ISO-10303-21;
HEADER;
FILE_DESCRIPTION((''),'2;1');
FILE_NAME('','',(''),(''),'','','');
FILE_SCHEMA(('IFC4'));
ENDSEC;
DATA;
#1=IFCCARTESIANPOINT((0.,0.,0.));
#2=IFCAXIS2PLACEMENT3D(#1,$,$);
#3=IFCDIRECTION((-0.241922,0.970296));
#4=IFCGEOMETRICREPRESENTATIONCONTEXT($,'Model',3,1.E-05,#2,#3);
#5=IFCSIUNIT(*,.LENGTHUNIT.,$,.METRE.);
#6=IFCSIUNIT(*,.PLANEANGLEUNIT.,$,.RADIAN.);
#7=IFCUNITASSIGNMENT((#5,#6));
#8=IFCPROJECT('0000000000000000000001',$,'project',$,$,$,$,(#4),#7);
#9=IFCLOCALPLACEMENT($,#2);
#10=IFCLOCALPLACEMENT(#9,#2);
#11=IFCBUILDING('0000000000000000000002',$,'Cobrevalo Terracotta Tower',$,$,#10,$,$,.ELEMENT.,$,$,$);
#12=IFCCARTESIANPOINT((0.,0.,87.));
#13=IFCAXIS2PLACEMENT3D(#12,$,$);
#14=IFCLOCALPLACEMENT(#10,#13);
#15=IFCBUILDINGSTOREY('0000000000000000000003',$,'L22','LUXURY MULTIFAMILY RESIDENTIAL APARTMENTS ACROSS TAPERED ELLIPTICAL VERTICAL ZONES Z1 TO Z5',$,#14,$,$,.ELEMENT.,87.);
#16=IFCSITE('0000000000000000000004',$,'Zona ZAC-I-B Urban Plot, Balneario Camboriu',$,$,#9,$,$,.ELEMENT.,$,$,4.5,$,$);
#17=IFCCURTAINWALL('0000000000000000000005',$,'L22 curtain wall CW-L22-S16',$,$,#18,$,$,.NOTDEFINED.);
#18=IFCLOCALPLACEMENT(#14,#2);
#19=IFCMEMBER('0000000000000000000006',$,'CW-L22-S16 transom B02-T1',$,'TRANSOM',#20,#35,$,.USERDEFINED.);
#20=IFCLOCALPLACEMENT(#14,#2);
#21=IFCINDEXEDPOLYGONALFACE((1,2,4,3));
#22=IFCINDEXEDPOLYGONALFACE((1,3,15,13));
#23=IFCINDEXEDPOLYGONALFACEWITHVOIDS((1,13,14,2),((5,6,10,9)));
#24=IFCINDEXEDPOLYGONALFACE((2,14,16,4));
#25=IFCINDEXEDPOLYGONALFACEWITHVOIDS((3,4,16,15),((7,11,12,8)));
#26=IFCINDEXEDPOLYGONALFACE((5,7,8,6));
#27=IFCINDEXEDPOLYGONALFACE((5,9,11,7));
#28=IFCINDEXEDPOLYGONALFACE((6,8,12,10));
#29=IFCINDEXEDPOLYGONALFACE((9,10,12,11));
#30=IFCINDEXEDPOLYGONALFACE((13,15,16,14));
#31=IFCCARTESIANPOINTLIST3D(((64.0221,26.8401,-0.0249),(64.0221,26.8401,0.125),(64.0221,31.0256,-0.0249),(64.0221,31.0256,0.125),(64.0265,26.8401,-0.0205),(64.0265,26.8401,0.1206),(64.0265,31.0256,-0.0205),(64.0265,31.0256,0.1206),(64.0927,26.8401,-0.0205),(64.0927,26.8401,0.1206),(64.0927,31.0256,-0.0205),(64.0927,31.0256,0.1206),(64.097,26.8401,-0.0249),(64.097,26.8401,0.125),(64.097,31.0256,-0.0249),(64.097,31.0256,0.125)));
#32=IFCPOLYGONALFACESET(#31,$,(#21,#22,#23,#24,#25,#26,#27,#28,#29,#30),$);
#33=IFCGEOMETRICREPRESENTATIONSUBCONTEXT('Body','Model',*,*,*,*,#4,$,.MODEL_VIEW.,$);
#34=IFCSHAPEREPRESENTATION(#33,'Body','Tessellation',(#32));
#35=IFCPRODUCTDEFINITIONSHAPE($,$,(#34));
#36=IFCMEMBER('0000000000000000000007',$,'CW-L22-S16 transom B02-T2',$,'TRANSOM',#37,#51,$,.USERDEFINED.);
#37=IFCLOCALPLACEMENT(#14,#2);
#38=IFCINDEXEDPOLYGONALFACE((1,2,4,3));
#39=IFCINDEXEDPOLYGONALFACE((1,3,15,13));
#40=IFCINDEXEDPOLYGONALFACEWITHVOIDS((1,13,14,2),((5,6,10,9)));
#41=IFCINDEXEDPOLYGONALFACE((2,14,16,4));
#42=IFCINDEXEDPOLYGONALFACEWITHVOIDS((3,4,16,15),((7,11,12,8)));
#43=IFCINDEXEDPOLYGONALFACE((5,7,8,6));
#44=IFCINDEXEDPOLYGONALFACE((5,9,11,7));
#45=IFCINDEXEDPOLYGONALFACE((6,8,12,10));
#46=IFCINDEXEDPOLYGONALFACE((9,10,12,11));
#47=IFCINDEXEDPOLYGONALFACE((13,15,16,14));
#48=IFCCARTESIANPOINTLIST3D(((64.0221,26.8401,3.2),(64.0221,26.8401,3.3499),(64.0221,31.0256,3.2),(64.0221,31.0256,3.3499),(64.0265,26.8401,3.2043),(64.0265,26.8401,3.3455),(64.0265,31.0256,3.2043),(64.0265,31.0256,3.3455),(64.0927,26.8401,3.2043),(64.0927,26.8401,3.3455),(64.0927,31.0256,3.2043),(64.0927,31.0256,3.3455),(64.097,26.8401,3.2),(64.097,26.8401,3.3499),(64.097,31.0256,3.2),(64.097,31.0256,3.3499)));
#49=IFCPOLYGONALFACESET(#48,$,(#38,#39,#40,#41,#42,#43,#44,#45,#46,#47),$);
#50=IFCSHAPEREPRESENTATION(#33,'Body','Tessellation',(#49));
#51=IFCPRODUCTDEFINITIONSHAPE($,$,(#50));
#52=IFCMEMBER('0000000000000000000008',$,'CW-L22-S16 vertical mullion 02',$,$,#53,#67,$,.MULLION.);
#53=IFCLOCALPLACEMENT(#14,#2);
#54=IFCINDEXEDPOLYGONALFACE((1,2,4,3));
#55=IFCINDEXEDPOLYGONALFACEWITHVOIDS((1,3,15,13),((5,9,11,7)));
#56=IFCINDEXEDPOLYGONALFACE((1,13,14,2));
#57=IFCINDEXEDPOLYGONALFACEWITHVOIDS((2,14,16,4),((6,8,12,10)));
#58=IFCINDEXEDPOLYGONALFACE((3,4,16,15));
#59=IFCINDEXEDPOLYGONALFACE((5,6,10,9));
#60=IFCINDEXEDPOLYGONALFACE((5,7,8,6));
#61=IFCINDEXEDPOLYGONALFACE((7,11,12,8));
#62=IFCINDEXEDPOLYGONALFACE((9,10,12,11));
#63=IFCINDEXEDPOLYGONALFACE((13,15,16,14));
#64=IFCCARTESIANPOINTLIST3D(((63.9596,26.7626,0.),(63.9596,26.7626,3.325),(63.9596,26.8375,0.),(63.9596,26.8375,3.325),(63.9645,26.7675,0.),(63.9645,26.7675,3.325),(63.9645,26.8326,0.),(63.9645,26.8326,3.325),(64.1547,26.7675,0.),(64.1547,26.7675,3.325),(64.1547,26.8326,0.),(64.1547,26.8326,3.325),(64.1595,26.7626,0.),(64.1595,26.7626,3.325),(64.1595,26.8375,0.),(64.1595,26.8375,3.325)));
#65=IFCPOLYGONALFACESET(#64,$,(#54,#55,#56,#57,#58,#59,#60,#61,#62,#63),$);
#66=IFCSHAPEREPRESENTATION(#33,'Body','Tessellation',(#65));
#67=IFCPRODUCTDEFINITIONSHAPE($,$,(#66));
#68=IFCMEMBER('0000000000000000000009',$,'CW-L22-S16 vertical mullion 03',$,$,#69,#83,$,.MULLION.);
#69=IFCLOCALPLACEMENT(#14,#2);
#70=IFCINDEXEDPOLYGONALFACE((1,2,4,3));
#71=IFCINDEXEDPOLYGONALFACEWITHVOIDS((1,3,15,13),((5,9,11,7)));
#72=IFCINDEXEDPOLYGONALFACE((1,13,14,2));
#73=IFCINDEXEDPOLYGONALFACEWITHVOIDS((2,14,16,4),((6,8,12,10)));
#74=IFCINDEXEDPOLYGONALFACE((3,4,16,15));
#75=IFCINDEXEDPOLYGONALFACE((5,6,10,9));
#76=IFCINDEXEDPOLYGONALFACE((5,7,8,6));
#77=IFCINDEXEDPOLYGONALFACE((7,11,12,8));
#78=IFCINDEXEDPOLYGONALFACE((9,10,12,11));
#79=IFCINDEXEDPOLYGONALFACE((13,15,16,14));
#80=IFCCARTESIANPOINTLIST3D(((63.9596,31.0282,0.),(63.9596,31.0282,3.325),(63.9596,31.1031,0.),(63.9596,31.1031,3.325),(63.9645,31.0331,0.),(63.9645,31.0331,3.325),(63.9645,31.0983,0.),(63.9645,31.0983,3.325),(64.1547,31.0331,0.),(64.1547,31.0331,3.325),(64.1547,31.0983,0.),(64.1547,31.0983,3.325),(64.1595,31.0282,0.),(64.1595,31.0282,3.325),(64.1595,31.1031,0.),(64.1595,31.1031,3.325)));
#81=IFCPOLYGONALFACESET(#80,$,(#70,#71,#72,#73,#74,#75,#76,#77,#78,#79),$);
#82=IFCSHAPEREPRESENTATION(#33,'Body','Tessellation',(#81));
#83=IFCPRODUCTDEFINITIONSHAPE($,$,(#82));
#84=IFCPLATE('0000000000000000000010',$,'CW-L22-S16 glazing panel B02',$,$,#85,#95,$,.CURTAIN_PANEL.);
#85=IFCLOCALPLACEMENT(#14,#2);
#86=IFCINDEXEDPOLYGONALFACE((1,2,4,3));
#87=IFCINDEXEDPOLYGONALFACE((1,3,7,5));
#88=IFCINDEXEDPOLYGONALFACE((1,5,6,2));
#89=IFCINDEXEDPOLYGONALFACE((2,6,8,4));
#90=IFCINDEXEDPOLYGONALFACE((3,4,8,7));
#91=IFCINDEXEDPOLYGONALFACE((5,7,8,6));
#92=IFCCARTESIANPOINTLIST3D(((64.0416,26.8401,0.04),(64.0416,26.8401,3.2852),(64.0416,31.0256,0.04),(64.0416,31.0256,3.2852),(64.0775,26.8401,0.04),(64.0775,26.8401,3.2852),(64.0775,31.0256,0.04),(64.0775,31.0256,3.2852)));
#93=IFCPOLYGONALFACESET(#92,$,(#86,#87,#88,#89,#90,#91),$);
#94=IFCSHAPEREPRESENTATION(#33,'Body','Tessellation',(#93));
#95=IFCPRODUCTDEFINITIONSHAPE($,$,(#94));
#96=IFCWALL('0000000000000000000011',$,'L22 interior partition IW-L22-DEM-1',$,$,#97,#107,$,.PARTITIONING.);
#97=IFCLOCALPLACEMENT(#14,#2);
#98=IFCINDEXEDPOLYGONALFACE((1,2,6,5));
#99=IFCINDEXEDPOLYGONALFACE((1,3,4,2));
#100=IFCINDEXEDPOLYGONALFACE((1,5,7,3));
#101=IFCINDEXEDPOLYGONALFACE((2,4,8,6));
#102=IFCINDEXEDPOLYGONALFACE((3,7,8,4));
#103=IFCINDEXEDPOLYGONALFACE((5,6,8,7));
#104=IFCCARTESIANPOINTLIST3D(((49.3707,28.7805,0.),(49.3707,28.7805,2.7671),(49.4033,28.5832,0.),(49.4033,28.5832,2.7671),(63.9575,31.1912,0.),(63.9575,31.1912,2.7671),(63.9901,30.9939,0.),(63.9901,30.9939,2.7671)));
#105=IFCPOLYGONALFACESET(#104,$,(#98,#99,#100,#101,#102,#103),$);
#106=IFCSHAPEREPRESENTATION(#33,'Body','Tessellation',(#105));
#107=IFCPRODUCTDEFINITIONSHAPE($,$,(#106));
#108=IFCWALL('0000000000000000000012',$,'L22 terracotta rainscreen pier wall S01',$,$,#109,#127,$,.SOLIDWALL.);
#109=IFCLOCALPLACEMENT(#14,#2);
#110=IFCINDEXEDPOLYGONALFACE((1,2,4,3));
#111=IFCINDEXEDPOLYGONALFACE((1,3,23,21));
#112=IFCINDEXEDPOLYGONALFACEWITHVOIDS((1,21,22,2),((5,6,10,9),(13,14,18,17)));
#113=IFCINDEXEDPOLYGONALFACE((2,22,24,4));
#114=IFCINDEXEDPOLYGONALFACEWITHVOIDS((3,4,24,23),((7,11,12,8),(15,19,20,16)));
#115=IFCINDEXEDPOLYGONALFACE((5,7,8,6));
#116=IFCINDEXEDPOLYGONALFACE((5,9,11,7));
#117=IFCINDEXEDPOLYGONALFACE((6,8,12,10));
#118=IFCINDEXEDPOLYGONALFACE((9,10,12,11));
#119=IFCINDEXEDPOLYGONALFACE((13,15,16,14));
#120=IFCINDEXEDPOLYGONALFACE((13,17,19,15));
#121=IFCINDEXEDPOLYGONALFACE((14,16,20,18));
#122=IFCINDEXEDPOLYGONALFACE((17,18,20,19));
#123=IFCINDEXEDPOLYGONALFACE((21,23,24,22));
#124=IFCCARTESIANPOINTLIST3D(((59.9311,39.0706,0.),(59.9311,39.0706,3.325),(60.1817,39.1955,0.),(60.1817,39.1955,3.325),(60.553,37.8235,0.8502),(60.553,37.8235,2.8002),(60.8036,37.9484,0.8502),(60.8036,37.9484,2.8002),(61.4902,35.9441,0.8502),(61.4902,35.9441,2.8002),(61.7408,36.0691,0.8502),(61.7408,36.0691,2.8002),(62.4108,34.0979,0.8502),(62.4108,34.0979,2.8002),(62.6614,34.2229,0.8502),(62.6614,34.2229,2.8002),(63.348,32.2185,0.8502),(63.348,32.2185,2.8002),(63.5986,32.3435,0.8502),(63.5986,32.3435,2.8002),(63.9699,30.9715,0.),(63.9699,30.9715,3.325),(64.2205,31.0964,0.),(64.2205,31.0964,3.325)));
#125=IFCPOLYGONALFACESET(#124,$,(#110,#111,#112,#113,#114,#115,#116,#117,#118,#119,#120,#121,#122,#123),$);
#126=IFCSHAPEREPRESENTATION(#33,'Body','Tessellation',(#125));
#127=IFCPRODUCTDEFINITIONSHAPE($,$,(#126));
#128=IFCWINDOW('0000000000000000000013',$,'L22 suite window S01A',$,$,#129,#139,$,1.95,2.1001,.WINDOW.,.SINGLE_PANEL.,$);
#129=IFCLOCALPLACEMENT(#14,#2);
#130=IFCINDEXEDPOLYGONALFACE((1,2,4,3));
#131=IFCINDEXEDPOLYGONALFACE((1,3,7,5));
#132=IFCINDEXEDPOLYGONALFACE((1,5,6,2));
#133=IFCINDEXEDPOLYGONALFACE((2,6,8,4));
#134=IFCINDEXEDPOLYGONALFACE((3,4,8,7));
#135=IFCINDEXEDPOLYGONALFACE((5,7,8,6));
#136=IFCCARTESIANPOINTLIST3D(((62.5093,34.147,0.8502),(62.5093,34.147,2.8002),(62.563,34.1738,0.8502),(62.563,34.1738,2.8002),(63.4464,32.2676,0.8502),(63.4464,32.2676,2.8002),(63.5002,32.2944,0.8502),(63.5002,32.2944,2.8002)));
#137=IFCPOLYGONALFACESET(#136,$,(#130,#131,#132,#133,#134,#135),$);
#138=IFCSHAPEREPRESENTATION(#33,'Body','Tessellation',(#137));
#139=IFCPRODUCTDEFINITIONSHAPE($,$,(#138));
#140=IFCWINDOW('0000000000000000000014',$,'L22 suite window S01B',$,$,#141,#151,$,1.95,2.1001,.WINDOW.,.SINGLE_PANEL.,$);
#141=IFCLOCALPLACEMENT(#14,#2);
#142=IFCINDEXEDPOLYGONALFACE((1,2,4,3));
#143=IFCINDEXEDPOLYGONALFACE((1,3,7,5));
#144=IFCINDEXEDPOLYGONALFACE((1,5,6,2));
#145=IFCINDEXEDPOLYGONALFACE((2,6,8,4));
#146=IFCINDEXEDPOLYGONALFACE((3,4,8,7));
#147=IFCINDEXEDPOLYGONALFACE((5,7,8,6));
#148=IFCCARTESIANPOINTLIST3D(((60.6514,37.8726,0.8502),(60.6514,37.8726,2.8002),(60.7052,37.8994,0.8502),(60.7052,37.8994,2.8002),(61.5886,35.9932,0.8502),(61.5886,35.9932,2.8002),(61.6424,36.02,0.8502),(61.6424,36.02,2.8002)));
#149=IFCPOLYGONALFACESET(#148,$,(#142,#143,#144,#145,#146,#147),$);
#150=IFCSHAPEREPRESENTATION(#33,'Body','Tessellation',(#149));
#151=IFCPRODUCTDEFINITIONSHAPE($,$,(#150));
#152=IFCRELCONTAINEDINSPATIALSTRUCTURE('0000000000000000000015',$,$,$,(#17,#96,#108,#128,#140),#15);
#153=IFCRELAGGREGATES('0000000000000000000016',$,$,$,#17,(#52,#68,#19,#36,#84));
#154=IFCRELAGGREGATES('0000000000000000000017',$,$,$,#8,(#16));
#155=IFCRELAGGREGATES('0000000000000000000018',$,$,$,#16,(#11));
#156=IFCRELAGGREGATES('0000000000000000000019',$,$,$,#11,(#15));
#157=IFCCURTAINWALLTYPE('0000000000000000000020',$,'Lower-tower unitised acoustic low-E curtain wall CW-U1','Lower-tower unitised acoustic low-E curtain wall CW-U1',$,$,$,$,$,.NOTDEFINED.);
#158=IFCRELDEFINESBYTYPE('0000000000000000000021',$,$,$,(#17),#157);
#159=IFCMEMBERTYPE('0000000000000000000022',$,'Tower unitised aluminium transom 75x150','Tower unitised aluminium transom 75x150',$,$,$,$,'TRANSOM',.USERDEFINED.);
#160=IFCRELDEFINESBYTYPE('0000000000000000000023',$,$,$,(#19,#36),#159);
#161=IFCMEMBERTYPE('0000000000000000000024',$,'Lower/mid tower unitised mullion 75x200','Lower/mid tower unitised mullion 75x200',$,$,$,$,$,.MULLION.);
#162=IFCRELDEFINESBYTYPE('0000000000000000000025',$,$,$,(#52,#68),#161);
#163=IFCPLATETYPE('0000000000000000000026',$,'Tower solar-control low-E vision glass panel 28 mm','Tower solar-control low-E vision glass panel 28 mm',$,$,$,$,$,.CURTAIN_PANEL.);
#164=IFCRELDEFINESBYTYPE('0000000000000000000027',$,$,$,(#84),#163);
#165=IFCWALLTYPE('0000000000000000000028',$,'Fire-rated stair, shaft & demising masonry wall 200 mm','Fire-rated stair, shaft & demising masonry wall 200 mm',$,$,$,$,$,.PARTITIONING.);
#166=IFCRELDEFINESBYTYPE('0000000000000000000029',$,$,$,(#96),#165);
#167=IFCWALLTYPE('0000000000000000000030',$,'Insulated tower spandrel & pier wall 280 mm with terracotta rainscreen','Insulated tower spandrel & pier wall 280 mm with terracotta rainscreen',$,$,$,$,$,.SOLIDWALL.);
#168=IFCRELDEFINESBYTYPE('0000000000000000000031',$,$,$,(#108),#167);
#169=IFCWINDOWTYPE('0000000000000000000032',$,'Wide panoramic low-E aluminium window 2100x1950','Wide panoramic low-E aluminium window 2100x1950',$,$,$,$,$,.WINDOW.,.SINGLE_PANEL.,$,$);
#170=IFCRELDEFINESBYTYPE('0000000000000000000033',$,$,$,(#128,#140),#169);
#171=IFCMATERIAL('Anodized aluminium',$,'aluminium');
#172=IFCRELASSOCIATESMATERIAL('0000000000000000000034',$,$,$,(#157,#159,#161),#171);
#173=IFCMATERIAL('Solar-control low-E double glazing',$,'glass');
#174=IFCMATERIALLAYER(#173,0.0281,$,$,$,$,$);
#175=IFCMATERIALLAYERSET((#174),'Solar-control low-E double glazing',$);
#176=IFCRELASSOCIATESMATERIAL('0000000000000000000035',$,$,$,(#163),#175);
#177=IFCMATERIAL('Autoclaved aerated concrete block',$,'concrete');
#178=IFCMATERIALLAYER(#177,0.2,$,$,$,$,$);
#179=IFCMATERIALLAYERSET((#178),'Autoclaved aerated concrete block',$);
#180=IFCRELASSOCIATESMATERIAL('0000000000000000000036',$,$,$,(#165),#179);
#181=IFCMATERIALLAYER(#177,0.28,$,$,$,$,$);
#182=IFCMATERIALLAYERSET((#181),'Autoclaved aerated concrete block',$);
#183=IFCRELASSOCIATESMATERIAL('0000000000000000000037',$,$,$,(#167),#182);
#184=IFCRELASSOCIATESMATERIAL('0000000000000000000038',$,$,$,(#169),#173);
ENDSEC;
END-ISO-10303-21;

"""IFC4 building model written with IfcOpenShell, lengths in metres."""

from ifc_helpers import new_model, si_unit, direction, frame, frame_2d, origin, origin_2d, place, context, subcontext, project, spatial, rectangle, hollow_rectangle, extrude, source, transform, mapped, material, layer, layer_set, material_profile, profile_set, type_object, element, fill, aggregate, save


model = new_model("IFC4")

# Units and contexts
model_context = context("Model", 3, precision=1e-05, world=origin(), true_north=direction((-0.241922, 0.970296)))
body_context = subcontext(model_context, "Body", "Model", "MODEL_VIEW")
ifc_project = project(units=[si_unit("LENGTHUNIT", "METRE"), si_unit("PLANEANGLEUNIT", "RADIAN")], contexts=[model_context])

# Site, building, storey
site_placement = place(None, origin())
site = spatial("IfcSite", under=ifc_project, at=site_placement, Name="Zona ZAC-I-B Urban Plot, Balneario Camboriu", CompositionType="ELEMENT", RefElevation=4.5)
building_placement = place(site_placement, origin())
building = spatial("IfcBuilding", under=site, at=building_placement, Name="Cobrevalo Terracotta Tower", CompositionType="ELEMENT")
storey_placement = place(building_placement, frame((0.0, 0.0, 87.0)))
storey = spatial("IfcBuildingStorey", under=building, at=storey_placement, Name="L22", Description="LUXURY MULTIFAMILY RESIDENTIAL APARTMENTS ACROSS TAPERED ELLIPTICAL VERTICAL ZONES Z1 TO Z5", CompositionType="ELEMENT", Elevation=87.0)

# Curtain wall, members, plate
ifc_material_1 = material(Name="Anodized aluminium", Category="aluminium")
curtain_wall_type = type_object("IfcCurtainWallType", Name="Lower-tower unitised acoustic low-E curtain wall CW-U1", Description="Lower-tower unitised acoustic low-E curtain wall CW-U1", PredefinedType="NOTDEFINED", material=ifc_material_1)
curtain_wall_placement = place(storey_placement, origin())
curtain_wall = element("IfcCurtainWall", 1, at=curtain_wall_placement, inside=storey, type_object=curtain_wall_type, Name="L22 curtain wall CW-L22-S16", PredefinedType="NOTDEFINED")
ifc_material_profile_1 = material_profile(ifc_material_1, hollow_rectangle(XDim=0.075, YDim=0.1499, WallThickness=0.0044, at=origin_2d()), Name="CWT 75x150")
ifc_profile_set_1 = profile_set([ifc_material_profile_1], Name="Anodized aluminium")
member_type_1 = type_object("IfcMemberType", Name="Tower unitised aluminium transom 75x150", Description="Tower unitised aluminium transom 75x150", ElementType="TRANSOM", PredefinedType="USERDEFINED", material=ifc_profile_set_1)
shared_shape_1 = source(origin(), body_context, "Body", "SweptSolid", [
    extrude(hollow_rectangle(XDim=0.075, YDim=0.1499, WallThickness=0.0044, at=origin_2d()), origin(), (0.0, 0.0, 1.0), 4.1855),
])
member_1_placement = place(storey_placement, frame((64.0596, 26.8401, 0.05), z_axis=(0.0, 1.0, 0.0), x_axis=(-1.0, 0.0, 0.0)))
member_1 = element("IfcMember", 2, at=member_1_placement, type_object=member_type_1, Name="CW-L22-S16 transom B02-T1", ObjectType="TRANSOM", PredefinedType="USERDEFINED", context=body_context, shape_type="MappedRepresentation", body=[
    mapped(shared_shape_1, transform((0.0, 0.0, 0.0), scale=1.0)),
])
member_2_placement = place(storey_placement, frame((64.0596, 26.8401, 3.2749), z_axis=(0.0, 1.0, 0.0), x_axis=(-1.0, 0.0, 0.0)))
member_2 = element("IfcMember", 3, at=member_2_placement, type_object=member_type_1, Name="CW-L22-S16 transom B02-T2", ObjectType="TRANSOM", PredefinedType="USERDEFINED", context=body_context, shape_type="MappedRepresentation", body=[
    mapped(shared_shape_1, transform((0.0, 0.0, 0.0), scale=1.0)),
])
ifc_material_profile_2 = material_profile(ifc_material_1, hollow_rectangle(XDim=0.075, YDim=0.2, WallThickness=0.0049, at=origin_2d()), Name="CWM 75x200")
ifc_profile_set_2 = profile_set([ifc_material_profile_2], Name="Anodized aluminium")
member_type_2 = type_object("IfcMemberType", Name="Lower/mid tower unitised mullion 75x200", Description="Lower/mid tower unitised mullion 75x200", PredefinedType="MULLION", material=ifc_profile_set_2)
shared_shape_2 = source(origin(), body_context, "Body", "SweptSolid", [
    extrude(hollow_rectangle(XDim=0.075, YDim=0.2, WallThickness=0.0049, at=origin_2d()), origin(), (0.0, 0.0, 1.0), 3.325),
])
member_3_placement = place(storey_placement, frame((64.0596, 26.8, 0.0), z_axis=(0.0, 0.0, 1.0), x_axis=(0.0, 1.0, 0.0)))
member_3 = element("IfcMember", 4, at=member_3_placement, type_object=member_type_2, Name="CW-L22-S16 vertical mullion 02", PredefinedType="MULLION", context=body_context, shape_type="MappedRepresentation", body=[
    mapped(shared_shape_2, transform((0.0, 0.0, 0.0), scale=1.0)),
])
member_4_placement = place(storey_placement, frame((64.0596, 31.0657, 0.0), z_axis=(0.0, 0.0, 1.0), x_axis=(0.0, 1.0, 0.0)))
member_4 = element("IfcMember", 5, at=member_4_placement, type_object=member_type_2, Name="CW-L22-S16 vertical mullion 03", PredefinedType="MULLION", context=body_context, shape_type="MappedRepresentation", body=[
    mapped(shared_shape_2, transform((0.0, 0.0, 0.0), scale=1.0)),
])
ifc_material_2 = material(Name="Solar-control low-E double glazing", Category="glass")
ifc_layer_1 = layer(ifc_material_2, 0.0281)
ifc_layer_set_1 = layer_set([ifc_layer_1], Name="Solar-control low-E double glazing")
plate_type = type_object("IfcPlateType", Name="Tower solar-control low-E vision glass panel 28 mm", Description="Tower solar-control low-E vision glass panel 28 mm", PredefinedType="CURTAIN_PANEL", material=ifc_layer_set_1)
shared_shape_3 = source(origin(), body_context, "Body", "SweptSolid", [
    extrude(rectangle(XDim=4.1855, YDim=0.0359, at=origin_2d()), origin(), (0.0, 0.0, 1.0), 3.2451),
])
plate_placement = place(storey_placement, frame((64.0596, 28.9329, 0.04), z_axis=(0.0, 0.0, 1.0), x_axis=(0.0, 1.0, 0.0)))
plate = element("IfcPlate", 6, at=plate_placement, type_object=plate_type, Name="CW-L22-S16 glazing panel B02", PredefinedType="CURTAIN_PANEL", context=body_context, shape_type="MappedRepresentation", body=[
    mapped(shared_shape_3, transform((0.0, 0.0, 0.0), scale=1.0)),
])
aggregate(curtain_wall, [member_3, member_4, member_1, member_2, plate])

# Wall
ifc_material_3 = material(Name="Autoclaved aerated concrete block", Category="concrete")
ifc_layer_2 = layer(ifc_material_3, 0.2)
ifc_layer_set_2 = layer_set([ifc_layer_2], Name="Autoclaved aerated concrete block")
wall_type_1 = type_object("IfcWallType", Name="Fire-rated stair, shaft & demising masonry wall 200 mm", Description="Fire-rated stair, shaft & demising masonry wall 200 mm", PredefinedType="PARTITIONING", material=ifc_layer_set_2)
wall_1_placement = place(storey_placement, frame((49.387, 28.6819, 0.0), z_axis=(0.0, 0.0, 1.0), x_axis=(0.986618, 0.163049, 0.0)))
element("IfcWall", 7, at=wall_1_placement, inside=storey, type_object=wall_type_1, Name="L22 interior partition IW-L22-DEM-1", PredefinedType="PARTITIONING", context=body_context, shape_type="SweptSolid", body=[
    extrude(rectangle(XDim=14.7847, YDim=0.2, at=frame_2d((7.3923, 0.0))), origin(), (0.0, 0.0, 1.0), 2.7671),
])

# Wall, openings, windows
ifc_layer_3 = layer(ifc_material_3, 0.28)
ifc_layer_set_3 = layer_set([ifc_layer_3], Name="Autoclaved aerated concrete block")
wall_type_2 = type_object("IfcWallType", Name="Insulated tower spandrel & pier wall 280 mm with terracotta rainscreen", Description="Insulated tower spandrel & pier wall 280 mm with terracotta rainscreen", PredefinedType="SOLIDWALL", material=ifc_layer_set_3)
wall_2_placement = place(storey_placement, frame((64.0952, 31.0339, 0.0), z_axis=(0.0, 0.0, 1.0), x_axis=(-0.446264, 0.894901, 0.0)))
wall_2 = element("IfcWall", 8, at=wall_2_placement, inside=storey, type_object=wall_type_2, Name="L22 terracotta rainscreen pier wall S01", PredefinedType="SOLIDWALL", context=body_context, shape_type="SweptSolid", body=[
    extrude(rectangle(XDim=9.0503, YDim=0.28, at=frame_2d((4.5251, 0.0))), origin(), (0.0, 0.0, 1.0), 3.325),
])
opening_1_placement = place(wall_2_placement, frame((1.3936, 0.0, 0.8501)))
opening_1 = element("IfcOpeningElement", 9, at=opening_1_placement, cuts=wall_2, PredefinedType="OPENING", context=body_context, shape_type="SweptSolid", body=[
    extrude(rectangle(XDim=2.1001, YDim=1.95, at=frame_2d((1.05, 0.9751))), frame((0.0, 0.1499, 0.0), z_axis=(0.0, -1.0, 0.0), x_axis=(1.0, 0.0, 0.0)), (0.0, 0.0, 1.0), 0.3),
])
opening_2_placement = place(wall_2_placement, frame((5.5566, 0.0, 0.8501)))
opening_2 = element("IfcOpeningElement", 10, at=opening_2_placement, cuts=wall_2, PredefinedType="OPENING", context=body_context, shape_type="SweptSolid", body=[
    extrude(rectangle(XDim=2.1001, YDim=1.95, at=frame_2d((1.05, 0.9751))), frame((0.0, 0.1499, 0.0), z_axis=(0.0, -1.0, 0.0), x_axis=(1.0, 0.0, 0.0)), (0.0, 0.0, 1.0), 0.3),
])
window_type = type_object("IfcWindowType", Name="Wide panoramic low-E aluminium window 2100x1950", Description="Wide panoramic low-E aluminium window 2100x1950", PartitioningType="SINGLE_PANEL", PredefinedType="WINDOW", material=ifc_material_2)
shared_shape_4 = source(origin(), body_context, "Body", "SweptSolid", [
    extrude(rectangle(XDim=2.1001, YDim=1.95, at=frame_2d((1.05, 0.9751))), frame((0.0, 0.03, 0.0), z_axis=(0.0, -1.0, 0.0), x_axis=(1.0, 0.0, 0.0)), (0.0, 0.0, 1.0), 0.0601),
])
window_1_placement = place(opening_1_placement, origin())
window_1 = element("IfcWindow", 11, at=window_1_placement, inside=storey, type_object=window_type, Name="L22 suite window S01A", OverallHeight=1.95, OverallWidth=2.1001, PartitioningType="SINGLE_PANEL", PredefinedType="WINDOW", context=body_context, shape_type="MappedRepresentation", body=[
    mapped(shared_shape_4, transform((0.0, 0.0, 0.0), scale=1.0)),
])
fill(opening_1, window_1)
window_2_placement = place(opening_2_placement, origin())
window_2 = element("IfcWindow", 12, at=window_2_placement, inside=storey, type_object=window_type, Name="L22 suite window S01B", OverallHeight=1.95, OverallWidth=2.1001, PartitioningType="SINGLE_PANEL", PredefinedType="WINDOW", context=body_context, shape_type="MappedRepresentation", body=[
    mapped(shared_shape_4, transform((0.0, 0.0, 0.0), scale=1.0)),
])
fill(opening_2, window_2)

save(model, "model.ifc")
